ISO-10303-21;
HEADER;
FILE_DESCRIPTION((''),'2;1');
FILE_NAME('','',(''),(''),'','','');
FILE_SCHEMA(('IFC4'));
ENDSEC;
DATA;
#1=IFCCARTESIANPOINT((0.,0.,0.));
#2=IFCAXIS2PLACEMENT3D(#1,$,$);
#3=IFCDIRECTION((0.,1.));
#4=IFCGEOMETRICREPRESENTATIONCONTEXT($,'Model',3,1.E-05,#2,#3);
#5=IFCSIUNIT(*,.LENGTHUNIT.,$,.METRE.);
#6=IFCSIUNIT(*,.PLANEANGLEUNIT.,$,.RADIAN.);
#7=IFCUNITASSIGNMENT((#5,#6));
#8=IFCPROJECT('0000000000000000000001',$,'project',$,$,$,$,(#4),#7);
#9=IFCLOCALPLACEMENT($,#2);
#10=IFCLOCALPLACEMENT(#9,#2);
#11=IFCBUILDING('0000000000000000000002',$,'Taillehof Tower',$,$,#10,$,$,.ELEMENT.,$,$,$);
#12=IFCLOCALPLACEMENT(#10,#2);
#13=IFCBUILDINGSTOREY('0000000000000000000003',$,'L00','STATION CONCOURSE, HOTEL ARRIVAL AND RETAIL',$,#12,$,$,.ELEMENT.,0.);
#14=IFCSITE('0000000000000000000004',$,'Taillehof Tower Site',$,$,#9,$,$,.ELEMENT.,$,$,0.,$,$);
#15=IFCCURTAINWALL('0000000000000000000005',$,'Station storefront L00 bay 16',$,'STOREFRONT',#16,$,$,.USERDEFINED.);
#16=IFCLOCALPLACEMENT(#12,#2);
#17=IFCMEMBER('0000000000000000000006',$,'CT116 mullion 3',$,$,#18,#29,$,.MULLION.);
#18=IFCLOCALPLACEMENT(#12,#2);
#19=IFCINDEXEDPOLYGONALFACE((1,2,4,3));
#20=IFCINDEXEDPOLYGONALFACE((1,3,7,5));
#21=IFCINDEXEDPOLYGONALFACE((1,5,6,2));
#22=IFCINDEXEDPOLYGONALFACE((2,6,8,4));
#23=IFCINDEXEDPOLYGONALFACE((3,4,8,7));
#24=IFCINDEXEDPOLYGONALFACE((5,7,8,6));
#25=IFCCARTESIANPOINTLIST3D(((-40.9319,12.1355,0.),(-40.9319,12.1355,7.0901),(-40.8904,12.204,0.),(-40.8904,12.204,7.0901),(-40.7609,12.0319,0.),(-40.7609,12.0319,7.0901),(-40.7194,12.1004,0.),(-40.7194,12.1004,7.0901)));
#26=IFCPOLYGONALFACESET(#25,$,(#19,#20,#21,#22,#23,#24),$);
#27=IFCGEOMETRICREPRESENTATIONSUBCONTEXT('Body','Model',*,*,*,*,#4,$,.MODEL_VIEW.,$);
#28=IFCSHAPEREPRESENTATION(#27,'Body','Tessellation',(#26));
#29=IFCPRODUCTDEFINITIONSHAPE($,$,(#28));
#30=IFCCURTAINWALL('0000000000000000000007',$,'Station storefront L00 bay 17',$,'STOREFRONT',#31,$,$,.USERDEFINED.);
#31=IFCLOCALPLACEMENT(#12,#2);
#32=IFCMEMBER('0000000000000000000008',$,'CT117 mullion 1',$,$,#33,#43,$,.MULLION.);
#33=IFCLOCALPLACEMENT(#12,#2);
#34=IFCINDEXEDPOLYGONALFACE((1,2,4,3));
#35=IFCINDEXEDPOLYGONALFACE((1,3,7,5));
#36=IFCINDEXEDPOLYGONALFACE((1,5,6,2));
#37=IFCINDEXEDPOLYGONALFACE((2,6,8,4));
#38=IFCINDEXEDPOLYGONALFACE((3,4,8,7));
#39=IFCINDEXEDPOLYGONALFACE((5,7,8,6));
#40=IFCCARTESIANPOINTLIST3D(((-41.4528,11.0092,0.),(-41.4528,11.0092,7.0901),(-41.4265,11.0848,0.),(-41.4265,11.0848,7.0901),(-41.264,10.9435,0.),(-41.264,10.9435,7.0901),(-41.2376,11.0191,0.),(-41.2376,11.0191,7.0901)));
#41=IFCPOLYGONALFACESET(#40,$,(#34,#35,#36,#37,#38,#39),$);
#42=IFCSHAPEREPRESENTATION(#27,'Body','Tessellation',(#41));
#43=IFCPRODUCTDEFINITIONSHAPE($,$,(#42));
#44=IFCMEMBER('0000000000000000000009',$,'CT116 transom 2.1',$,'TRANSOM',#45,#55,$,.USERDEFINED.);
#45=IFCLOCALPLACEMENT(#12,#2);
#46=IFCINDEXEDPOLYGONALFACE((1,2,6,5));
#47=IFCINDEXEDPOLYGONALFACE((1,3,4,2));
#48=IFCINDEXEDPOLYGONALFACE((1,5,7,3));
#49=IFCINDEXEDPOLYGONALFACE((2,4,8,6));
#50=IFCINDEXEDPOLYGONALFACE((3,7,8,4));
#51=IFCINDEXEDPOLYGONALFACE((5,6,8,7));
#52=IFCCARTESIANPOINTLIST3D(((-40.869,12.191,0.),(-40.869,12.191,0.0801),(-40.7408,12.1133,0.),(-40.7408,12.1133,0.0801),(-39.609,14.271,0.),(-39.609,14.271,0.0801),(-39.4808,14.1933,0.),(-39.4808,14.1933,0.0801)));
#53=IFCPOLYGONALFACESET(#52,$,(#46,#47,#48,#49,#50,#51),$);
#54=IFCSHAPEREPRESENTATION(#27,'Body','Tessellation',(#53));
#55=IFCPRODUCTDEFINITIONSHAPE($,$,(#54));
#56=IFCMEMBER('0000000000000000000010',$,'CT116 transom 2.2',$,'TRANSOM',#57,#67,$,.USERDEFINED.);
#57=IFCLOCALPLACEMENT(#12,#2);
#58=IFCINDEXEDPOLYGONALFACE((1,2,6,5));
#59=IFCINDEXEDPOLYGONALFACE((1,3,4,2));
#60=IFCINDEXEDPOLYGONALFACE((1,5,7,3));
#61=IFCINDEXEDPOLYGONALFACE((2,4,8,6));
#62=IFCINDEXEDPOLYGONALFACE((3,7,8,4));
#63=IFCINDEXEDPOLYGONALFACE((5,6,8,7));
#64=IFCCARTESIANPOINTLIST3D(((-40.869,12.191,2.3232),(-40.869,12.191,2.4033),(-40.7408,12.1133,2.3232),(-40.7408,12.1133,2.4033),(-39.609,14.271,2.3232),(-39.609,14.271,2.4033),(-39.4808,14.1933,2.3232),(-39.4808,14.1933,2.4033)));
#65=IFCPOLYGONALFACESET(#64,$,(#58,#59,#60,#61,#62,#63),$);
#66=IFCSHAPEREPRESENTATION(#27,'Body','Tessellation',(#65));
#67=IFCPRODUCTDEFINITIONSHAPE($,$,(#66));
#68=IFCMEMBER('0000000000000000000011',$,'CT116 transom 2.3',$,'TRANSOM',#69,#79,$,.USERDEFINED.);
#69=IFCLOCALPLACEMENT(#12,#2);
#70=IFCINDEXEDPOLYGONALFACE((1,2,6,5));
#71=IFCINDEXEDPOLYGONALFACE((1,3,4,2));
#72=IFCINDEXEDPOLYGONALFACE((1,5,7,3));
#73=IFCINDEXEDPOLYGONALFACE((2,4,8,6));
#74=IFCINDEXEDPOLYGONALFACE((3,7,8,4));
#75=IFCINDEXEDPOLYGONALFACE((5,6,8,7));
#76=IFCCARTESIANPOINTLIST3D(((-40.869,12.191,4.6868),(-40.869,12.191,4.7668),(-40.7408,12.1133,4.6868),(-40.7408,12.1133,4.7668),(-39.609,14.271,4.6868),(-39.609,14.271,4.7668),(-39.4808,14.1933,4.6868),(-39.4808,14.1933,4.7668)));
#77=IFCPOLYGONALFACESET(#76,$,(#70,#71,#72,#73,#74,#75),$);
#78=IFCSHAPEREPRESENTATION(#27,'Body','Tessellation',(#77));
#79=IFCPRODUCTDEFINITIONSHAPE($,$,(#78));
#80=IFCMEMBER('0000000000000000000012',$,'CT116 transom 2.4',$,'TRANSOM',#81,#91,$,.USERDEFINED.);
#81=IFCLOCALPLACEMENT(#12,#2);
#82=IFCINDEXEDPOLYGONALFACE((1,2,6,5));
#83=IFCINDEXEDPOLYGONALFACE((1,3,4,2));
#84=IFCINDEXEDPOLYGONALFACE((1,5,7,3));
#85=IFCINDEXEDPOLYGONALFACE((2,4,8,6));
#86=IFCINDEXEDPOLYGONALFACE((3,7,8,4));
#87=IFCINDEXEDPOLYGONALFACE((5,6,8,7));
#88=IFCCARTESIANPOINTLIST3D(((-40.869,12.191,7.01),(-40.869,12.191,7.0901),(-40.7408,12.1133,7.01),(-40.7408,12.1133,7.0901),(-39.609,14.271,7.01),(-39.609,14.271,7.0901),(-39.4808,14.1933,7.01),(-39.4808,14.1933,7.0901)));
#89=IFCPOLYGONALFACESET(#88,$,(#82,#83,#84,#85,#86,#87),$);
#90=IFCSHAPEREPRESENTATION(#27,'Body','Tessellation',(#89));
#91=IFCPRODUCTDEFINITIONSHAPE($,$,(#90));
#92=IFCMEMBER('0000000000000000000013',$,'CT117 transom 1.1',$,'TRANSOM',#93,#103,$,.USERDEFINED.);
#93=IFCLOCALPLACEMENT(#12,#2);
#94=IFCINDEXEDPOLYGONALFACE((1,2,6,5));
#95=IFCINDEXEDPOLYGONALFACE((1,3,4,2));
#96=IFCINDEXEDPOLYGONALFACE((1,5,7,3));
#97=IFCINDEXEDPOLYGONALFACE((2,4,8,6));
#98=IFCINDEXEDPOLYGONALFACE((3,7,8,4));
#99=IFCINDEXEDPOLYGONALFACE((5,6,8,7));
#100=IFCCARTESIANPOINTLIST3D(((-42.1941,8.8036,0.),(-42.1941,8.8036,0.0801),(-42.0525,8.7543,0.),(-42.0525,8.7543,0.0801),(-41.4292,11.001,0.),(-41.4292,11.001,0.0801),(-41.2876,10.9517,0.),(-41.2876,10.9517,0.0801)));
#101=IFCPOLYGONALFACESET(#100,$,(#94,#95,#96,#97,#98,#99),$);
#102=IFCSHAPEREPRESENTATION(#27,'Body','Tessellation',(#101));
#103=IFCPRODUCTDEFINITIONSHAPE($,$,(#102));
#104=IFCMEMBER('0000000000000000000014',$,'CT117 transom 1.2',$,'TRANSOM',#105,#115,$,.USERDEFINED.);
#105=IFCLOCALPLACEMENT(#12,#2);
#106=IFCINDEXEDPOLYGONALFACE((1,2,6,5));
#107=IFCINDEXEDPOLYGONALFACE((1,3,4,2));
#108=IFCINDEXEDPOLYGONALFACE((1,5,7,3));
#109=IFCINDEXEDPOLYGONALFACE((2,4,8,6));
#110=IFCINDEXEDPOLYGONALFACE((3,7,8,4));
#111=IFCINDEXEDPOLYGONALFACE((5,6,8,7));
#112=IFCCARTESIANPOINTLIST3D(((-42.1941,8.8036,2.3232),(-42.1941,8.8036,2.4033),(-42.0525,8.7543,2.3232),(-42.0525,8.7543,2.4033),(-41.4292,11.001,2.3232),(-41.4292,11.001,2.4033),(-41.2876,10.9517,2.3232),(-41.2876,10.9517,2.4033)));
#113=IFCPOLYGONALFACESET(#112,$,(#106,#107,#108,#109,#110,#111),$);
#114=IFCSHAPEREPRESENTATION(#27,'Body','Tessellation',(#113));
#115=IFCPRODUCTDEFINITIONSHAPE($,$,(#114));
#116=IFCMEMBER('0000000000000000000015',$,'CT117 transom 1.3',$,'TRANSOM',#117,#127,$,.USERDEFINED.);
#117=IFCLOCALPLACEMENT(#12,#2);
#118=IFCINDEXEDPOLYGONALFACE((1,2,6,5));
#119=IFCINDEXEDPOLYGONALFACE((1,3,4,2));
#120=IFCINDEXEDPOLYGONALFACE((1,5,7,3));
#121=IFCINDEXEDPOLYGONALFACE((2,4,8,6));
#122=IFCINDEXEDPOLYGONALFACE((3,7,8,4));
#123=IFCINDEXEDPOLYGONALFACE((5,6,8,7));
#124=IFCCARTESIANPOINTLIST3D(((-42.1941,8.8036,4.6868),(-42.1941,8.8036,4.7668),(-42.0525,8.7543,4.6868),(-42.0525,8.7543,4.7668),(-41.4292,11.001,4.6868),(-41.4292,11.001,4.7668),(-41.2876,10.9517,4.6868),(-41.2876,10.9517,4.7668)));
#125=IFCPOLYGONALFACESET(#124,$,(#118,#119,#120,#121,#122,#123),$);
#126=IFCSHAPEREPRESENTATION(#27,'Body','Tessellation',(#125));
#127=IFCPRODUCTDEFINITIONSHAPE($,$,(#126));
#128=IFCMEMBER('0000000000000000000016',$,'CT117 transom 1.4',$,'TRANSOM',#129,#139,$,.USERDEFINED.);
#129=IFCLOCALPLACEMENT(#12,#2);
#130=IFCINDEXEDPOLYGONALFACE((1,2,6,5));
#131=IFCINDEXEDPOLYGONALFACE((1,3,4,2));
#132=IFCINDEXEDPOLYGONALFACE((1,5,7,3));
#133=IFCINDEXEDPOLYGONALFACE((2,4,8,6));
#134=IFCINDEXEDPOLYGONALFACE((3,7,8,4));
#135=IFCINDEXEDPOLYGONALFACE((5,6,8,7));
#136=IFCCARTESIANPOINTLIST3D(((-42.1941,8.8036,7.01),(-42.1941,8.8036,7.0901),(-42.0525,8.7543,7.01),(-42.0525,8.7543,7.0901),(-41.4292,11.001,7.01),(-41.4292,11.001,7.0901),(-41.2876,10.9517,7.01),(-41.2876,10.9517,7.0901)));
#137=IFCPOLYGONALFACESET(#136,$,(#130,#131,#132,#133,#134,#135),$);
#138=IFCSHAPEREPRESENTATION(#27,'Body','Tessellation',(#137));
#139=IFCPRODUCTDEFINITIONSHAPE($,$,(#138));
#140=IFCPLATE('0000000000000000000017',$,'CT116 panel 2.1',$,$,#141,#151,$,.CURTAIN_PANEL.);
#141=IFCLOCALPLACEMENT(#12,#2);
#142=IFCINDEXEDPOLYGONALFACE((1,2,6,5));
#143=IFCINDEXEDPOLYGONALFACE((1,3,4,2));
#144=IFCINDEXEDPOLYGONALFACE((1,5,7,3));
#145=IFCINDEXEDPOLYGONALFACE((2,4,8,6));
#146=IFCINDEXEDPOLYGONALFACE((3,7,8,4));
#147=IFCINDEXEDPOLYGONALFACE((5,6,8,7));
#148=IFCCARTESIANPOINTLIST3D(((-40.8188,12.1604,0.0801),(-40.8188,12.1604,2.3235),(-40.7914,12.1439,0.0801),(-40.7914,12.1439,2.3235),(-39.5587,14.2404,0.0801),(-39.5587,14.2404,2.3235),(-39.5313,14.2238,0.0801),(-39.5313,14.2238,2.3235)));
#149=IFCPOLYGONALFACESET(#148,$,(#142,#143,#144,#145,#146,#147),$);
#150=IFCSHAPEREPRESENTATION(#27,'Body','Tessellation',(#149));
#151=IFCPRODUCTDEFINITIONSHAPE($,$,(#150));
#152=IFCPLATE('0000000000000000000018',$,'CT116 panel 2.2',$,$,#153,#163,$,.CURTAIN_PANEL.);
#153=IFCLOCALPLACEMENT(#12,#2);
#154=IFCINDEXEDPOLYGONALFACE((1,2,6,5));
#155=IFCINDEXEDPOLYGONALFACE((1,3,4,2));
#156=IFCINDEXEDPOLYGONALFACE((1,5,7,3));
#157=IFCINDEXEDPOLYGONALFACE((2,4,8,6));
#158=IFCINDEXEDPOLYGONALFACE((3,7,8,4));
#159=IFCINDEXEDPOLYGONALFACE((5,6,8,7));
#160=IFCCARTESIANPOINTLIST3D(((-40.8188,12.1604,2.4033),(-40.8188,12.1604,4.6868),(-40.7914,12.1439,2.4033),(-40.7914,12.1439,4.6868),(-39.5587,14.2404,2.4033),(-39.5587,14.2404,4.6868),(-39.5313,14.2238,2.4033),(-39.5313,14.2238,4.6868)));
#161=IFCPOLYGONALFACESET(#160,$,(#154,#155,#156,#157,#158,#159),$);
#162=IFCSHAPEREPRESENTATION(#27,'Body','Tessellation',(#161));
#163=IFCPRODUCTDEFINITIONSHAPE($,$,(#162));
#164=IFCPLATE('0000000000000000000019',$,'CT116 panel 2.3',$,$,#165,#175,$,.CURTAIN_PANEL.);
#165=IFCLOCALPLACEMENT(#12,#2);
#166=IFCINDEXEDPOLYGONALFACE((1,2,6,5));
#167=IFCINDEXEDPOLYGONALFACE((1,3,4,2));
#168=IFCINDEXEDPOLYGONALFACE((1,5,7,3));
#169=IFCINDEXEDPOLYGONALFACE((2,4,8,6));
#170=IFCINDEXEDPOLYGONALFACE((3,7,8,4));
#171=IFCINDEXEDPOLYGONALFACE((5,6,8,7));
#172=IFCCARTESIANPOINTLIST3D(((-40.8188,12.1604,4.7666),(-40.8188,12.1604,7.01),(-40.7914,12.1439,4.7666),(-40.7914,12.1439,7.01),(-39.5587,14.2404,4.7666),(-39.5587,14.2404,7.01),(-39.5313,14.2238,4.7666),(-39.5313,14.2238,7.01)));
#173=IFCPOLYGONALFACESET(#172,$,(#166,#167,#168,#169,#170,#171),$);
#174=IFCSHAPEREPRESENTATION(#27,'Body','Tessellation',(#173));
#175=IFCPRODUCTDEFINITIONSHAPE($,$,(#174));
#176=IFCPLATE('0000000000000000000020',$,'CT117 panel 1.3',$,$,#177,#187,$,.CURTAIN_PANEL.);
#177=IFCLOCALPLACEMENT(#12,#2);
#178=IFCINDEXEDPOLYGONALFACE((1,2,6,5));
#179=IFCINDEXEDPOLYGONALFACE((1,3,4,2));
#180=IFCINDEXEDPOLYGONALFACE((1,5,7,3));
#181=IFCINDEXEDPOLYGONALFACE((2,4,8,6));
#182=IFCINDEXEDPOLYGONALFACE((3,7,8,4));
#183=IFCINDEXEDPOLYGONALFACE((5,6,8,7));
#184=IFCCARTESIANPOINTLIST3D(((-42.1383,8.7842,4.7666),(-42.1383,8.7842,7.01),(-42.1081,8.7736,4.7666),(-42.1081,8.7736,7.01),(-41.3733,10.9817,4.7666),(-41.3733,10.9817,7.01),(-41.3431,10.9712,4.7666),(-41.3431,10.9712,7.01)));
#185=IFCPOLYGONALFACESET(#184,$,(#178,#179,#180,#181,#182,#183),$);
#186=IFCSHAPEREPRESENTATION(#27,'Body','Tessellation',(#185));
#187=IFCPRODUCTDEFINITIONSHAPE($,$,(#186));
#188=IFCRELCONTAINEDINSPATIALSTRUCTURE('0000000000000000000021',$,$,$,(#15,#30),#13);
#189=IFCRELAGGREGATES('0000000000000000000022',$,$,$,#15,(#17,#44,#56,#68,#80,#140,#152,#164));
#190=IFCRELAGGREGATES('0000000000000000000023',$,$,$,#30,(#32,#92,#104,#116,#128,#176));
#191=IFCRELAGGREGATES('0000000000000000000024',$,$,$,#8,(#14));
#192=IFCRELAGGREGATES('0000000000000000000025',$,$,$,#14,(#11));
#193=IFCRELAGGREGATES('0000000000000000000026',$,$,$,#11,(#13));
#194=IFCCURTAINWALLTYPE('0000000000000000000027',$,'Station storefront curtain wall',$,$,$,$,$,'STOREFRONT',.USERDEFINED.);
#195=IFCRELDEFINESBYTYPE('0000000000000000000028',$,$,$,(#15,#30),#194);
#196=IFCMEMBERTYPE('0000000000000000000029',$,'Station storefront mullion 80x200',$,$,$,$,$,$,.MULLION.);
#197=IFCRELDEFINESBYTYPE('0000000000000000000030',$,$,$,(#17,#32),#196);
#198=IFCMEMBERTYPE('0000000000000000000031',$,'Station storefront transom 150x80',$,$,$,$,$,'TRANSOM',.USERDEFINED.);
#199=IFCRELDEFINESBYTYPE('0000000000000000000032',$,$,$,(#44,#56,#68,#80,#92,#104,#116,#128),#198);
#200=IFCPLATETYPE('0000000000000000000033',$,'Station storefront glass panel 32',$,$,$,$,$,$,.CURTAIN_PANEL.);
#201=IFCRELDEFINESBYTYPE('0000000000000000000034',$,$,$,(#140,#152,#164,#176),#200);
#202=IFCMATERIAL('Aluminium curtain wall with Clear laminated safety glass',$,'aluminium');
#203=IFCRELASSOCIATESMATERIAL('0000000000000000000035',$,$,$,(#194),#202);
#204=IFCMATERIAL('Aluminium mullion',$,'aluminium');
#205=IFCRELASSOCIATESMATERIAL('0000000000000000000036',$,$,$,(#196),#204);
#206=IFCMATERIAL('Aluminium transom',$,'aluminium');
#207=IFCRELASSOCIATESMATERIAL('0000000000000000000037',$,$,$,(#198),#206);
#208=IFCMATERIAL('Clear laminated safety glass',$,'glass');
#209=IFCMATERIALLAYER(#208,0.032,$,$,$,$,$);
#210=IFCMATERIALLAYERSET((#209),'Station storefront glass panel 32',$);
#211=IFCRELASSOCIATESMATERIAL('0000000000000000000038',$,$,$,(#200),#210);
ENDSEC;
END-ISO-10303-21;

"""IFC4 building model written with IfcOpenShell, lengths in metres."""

from ifc_helpers import new_model, si_unit, direction, frame, origin, origin_2d, place, context, subcontext, project, spatial, rectangle, extrude, material, layer, layer_set, material_profile, profile_set, type_object, element, aggregate, save


model = new_model("IFC4")

# Units and contexts
model_context = context("Model", 3, precision=1e-05, world=origin(), true_north=direction((0.0, 1.0)))
body_context = subcontext(model_context, "Body", "Model", "MODEL_VIEW")
ifc_project = project(units=[si_unit("LENGTHUNIT", "METRE"), si_unit("PLANEANGLEUNIT", "RADIAN")], contexts=[model_context])

# Site, building, storey
site_placement = place(None, origin())
site = spatial("IfcSite", under=ifc_project, at=site_placement, Name="Taillehof Tower Site", CompositionType="ELEMENT", RefElevation=0.0)
building_placement = place(site_placement, origin())
building = spatial("IfcBuilding", under=site, at=building_placement, Name="Taillehof Tower", CompositionType="ELEMENT")
storey_placement = place(building_placement, origin())
storey = spatial("IfcBuildingStorey", under=building, at=storey_placement, Name="L00", Description="STATION CONCOURSE, HOTEL ARRIVAL AND RETAIL", CompositionType="ELEMENT", Elevation=0.0)

# Curtain wall, member
ifc_material_1 = material(Name="Aluminium curtain wall with Clear laminated safety glass", Category="aluminium")
curtain_wall_type = type_object("IfcCurtainWallType", Name="Station storefront curtain wall", ElementType="STOREFRONT", PredefinedType="USERDEFINED", material=ifc_material_1)
curtain_wall_1_placement = place(storey_placement, origin())
curtain_wall_1 = element("IfcCurtainWall", 1, at=curtain_wall_1_placement, inside=storey, type_object=curtain_wall_type, Name="Station storefront L00 bay 16", ObjectType="STOREFRONT", PredefinedType="USERDEFINED")
ifc_material_2 = material(Name="Aluminium mullion", Category="aluminium")
ifc_material_profile_1 = material_profile(ifc_material_2, rectangle(XDim=0.2, YDim=0.0801, at=origin_2d()), Name="AL 80x200")
ifc_profile_set_1 = profile_set([ifc_material_profile_1], Name="Aluminium mullion")
member_type_1 = type_object("IfcMemberType", Name="Station storefront mullion 80x200", PredefinedType="MULLION", material=ifc_profile_set_1)
member_1_placement = place(storey_placement, frame((-40.8257, 12.1179, 0.0), z_axis=(0.0, 0.0, 1.0), x_axis=(0.855289, -0.518151, 0.0)))
member_1 = element("IfcMember", 2, at=member_1_placement, type_object=member_type_1, Name="CT116 mullion 3", PredefinedType="MULLION", context=body_context, shape_type="SweptSolid", body=[
    extrude(rectangle(XDim=0.2, YDim=0.0801, at=origin_2d()), origin(), (0.0, 0.0, 1.0), 7.0901),
])

# Curtain wall, member
curtain_wall_2_placement = place(storey_placement, origin())
curtain_wall_2 = element("IfcCurtainWall", 3, at=curtain_wall_2_placement, inside=storey, type_object=curtain_wall_type, Name="Station storefront L00 bay 17", ObjectType="STOREFRONT", PredefinedType="USERDEFINED")
member_2_placement = place(storey_placement, frame((-41.3452, 11.0142, 0.0), z_axis=(0.0, 0.0, 1.0), x_axis=(0.944414, -0.328758, 0.0)))
member_2 = element("IfcMember", 4, at=member_2_placement, type_object=member_type_1, Name="CT117 mullion 1", PredefinedType="MULLION", context=body_context, shape_type="SweptSolid", body=[
    extrude(rectangle(XDim=0.2, YDim=0.0801, at=origin_2d()), origin(), (0.0, 0.0, 1.0), 7.0901),
])

# Members
ifc_material_3 = material(Name="Aluminium transom", Category="aluminium")
ifc_material_profile_2 = material_profile(ifc_material_3, rectangle(XDim=0.1499, YDim=0.0801, at=origin_2d()), Name="AL 150x80")
ifc_profile_set_2 = profile_set([ifc_material_profile_2], Name="Aluminium transom")
member_type_2 = type_object("IfcMemberType", Name="Station storefront transom 150x80", ElementType="TRANSOM", PredefinedType="USERDEFINED", material=ifc_profile_set_2)
member_3_placement = place(storey_placement, frame((-39.5449, 14.2322, 0.04), z_axis=(-0.518108, -0.855315, 0.0), x_axis=(0.855315, -0.518108, 0.0)))
member_3 = element("IfcMember", 5, at=member_3_placement, type_object=member_type_2, Name="CT116 transom 2.1", ObjectType="TRANSOM", PredefinedType="USERDEFINED", context=body_context, shape_type="SweptSolid", body=[
    extrude(rectangle(XDim=0.1499, YDim=0.0801, at=origin_2d()), origin(), (0.0, 0.0, 1.0), 2.4319),
])
member_4_placement = place(storey_placement, frame((-39.5449, 14.2322, 2.3633), z_axis=(-0.518108, -0.855315, 0.0), x_axis=(0.855315, -0.518108, 0.0)))
member_4 = element("IfcMember", 6, at=member_4_placement, type_object=member_type_2, Name="CT116 transom 2.2", ObjectType="TRANSOM", PredefinedType="USERDEFINED", context=body_context, shape_type="SweptSolid", body=[
    extrude(rectangle(XDim=0.1499, YDim=0.0801, at=origin_2d()), origin(), (0.0, 0.0, 1.0), 2.4319),
])
member_5_placement = place(storey_placement, frame((-39.5449, 14.2322, 4.7268), z_axis=(-0.518108, -0.855315, 0.0), x_axis=(0.855315, -0.518108, 0.0)))
member_5 = element("IfcMember", 7, at=member_5_placement, type_object=member_type_2, Name="CT116 transom 2.3", ObjectType="TRANSOM", PredefinedType="USERDEFINED", context=body_context, shape_type="SweptSolid", body=[
    extrude(rectangle(XDim=0.1499, YDim=0.0801, at=origin_2d()), origin(), (0.0, 0.0, 1.0), 2.4319),
])
member_6_placement = place(storey_placement, frame((-39.5449, 14.2322, 7.05), z_axis=(-0.518108, -0.855315, 0.0), x_axis=(0.855315, -0.518108, 0.0)))
member_6 = element("IfcMember", 8, at=member_6_placement, type_object=member_type_2, Name="CT116 transom 2.4", ObjectType="TRANSOM", PredefinedType="USERDEFINED", context=body_context, shape_type="SweptSolid", body=[
    extrude(rectangle(XDim=0.1499, YDim=0.0801, at=origin_2d()), origin(), (0.0, 0.0, 1.0), 2.4319),
])
member_7_placement = place(storey_placement, frame((-41.3584, 10.9763, 0.04), z_axis=(-0.328761, -0.944413, 0.0), x_axis=(0.944413, -0.328761, 0.0)))
member_7 = element("IfcMember", 9, at=member_7_placement, type_object=member_type_2, Name="CT117 transom 1.1", ObjectType="TRANSOM", PredefinedType="USERDEFINED", context=body_context, shape_type="SweptSolid", body=[
    extrude(rectangle(XDim=0.1499, YDim=0.0801, at=origin_2d()), origin(), (0.0, 0.0, 1.0), 2.3267),
])
member_8_placement = place(storey_placement, frame((-41.3584, 10.9763, 2.3633), z_axis=(-0.328761, -0.944413, 0.0), x_axis=(0.944413, -0.328761, 0.0)))
member_8 = element("IfcMember", 10, at=member_8_placement, type_object=member_type_2, Name="CT117 transom 1.2", ObjectType="TRANSOM", PredefinedType="USERDEFINED", context=body_context, shape_type="SweptSolid", body=[
    extrude(rectangle(XDim=0.1499, YDim=0.0801, at=origin_2d()), origin(), (0.0, 0.0, 1.0), 2.3267),
])
member_9_placement = place(storey_placement, frame((-41.3584, 10.9763, 4.7268), z_axis=(-0.328761, -0.944413, 0.0), x_axis=(0.944413, -0.328761, 0.0)))
member_9 = element("IfcMember", 11, at=member_9_placement, type_object=member_type_2, Name="CT117 transom 1.3", ObjectType="TRANSOM", PredefinedType="USERDEFINED", context=body_context, shape_type="SweptSolid", body=[
    extrude(rectangle(XDim=0.1499, YDim=0.0801, at=origin_2d()), origin(), (0.0, 0.0, 1.0), 2.3267),
])
member_10_placement = place(storey_placement, frame((-41.3584, 10.9763, 7.05), z_axis=(-0.328761, -0.944413, 0.0), x_axis=(0.944413, -0.328761, 0.0)))
member_10 = element("IfcMember", 12, at=member_10_placement, type_object=member_type_2, Name="CT117 transom 1.4", ObjectType="TRANSOM", PredefinedType="USERDEFINED", context=body_context, shape_type="SweptSolid", body=[
    extrude(rectangle(XDim=0.1499, YDim=0.0801, at=origin_2d()), origin(), (0.0, 0.0, 1.0), 2.3267),
])

# Plates
ifc_material_4 = material(Name="Clear laminated safety glass", Category="glass")
ifc_layer_1 = layer(ifc_material_4, 0.032)
ifc_layer_set_1 = layer_set([ifc_layer_1], Name="Station storefront glass panel 32")
plate_type = type_object("IfcPlateType", Name="Station storefront glass panel 32", PredefinedType="CURTAIN_PANEL", material=ifc_layer_set_1)
plate_1_placement = place(storey_placement, frame((-40.175, 13.1921, 0.0801), z_axis=(0.0, 0.0, 1.0), x_axis=(-0.518151, -0.855289, 0.0)))
plate_1 = element("IfcPlate", 13, at=plate_1_placement, type_object=plate_type, Name="CT116 panel 2.1", PredefinedType="CURTAIN_PANEL", context=body_context, shape_type="SweptSolid", body=[
    extrude(rectangle(XDim=2.4319, YDim=0.032, at=origin_2d()), origin(), (0.0, 0.0, 1.0), 2.2434),
])
plate_2_placement = place(storey_placement, frame((-40.175, 13.1921, 2.4033), z_axis=(0.0, 0.0, 1.0), x_axis=(-0.518151, -0.855289, 0.0)))
plate_2 = element("IfcPlate", 14, at=plate_2_placement, type_object=plate_type, Name="CT116 panel 2.2", PredefinedType="CURTAIN_PANEL", context=body_context, shape_type="SweptSolid", body=[
    extrude(rectangle(XDim=2.4319, YDim=0.032, at=origin_2d()), origin(), (0.0, 0.0, 1.0), 2.2834),
])
plate_3_placement = place(storey_placement, frame((-40.175, 13.1921, 4.7666), z_axis=(0.0, 0.0, 1.0), x_axis=(-0.518151, -0.855289, 0.0)))
plate_3 = element("IfcPlate", 15, at=plate_3_placement, type_object=plate_type, Name="CT116 panel 2.3", PredefinedType="CURTAIN_PANEL", context=body_context, shape_type="SweptSolid", body=[
    extrude(rectangle(XDim=2.4319, YDim=0.032, at=origin_2d()), origin(), (0.0, 0.0, 1.0), 2.2434),
])
aggregate(curtain_wall_1, [member_1, member_3, member_4, member_5, member_6, plate_1, plate_2, plate_3])
plate_4_placement = place(storey_placement, frame((-41.7407, 9.8777, 4.7666), z_axis=(0.0, 0.0, 1.0), x_axis=(-0.328758, -0.944414, 0.0)))
plate_4 = element("IfcPlate", 16, at=plate_4_placement, type_object=plate_type, Name="CT117 panel 1.3", PredefinedType="CURTAIN_PANEL", context=body_context, shape_type="SweptSolid", body=[
    extrude(rectangle(XDim=2.3269, YDim=0.032, at=origin_2d()), origin(), (0.0, 0.0, 1.0), 2.2434),
])
aggregate(curtain_wall_2, [member_2, member_7, member_8, member_9, member_10, plate_4])

save(model, "model.ifc")
